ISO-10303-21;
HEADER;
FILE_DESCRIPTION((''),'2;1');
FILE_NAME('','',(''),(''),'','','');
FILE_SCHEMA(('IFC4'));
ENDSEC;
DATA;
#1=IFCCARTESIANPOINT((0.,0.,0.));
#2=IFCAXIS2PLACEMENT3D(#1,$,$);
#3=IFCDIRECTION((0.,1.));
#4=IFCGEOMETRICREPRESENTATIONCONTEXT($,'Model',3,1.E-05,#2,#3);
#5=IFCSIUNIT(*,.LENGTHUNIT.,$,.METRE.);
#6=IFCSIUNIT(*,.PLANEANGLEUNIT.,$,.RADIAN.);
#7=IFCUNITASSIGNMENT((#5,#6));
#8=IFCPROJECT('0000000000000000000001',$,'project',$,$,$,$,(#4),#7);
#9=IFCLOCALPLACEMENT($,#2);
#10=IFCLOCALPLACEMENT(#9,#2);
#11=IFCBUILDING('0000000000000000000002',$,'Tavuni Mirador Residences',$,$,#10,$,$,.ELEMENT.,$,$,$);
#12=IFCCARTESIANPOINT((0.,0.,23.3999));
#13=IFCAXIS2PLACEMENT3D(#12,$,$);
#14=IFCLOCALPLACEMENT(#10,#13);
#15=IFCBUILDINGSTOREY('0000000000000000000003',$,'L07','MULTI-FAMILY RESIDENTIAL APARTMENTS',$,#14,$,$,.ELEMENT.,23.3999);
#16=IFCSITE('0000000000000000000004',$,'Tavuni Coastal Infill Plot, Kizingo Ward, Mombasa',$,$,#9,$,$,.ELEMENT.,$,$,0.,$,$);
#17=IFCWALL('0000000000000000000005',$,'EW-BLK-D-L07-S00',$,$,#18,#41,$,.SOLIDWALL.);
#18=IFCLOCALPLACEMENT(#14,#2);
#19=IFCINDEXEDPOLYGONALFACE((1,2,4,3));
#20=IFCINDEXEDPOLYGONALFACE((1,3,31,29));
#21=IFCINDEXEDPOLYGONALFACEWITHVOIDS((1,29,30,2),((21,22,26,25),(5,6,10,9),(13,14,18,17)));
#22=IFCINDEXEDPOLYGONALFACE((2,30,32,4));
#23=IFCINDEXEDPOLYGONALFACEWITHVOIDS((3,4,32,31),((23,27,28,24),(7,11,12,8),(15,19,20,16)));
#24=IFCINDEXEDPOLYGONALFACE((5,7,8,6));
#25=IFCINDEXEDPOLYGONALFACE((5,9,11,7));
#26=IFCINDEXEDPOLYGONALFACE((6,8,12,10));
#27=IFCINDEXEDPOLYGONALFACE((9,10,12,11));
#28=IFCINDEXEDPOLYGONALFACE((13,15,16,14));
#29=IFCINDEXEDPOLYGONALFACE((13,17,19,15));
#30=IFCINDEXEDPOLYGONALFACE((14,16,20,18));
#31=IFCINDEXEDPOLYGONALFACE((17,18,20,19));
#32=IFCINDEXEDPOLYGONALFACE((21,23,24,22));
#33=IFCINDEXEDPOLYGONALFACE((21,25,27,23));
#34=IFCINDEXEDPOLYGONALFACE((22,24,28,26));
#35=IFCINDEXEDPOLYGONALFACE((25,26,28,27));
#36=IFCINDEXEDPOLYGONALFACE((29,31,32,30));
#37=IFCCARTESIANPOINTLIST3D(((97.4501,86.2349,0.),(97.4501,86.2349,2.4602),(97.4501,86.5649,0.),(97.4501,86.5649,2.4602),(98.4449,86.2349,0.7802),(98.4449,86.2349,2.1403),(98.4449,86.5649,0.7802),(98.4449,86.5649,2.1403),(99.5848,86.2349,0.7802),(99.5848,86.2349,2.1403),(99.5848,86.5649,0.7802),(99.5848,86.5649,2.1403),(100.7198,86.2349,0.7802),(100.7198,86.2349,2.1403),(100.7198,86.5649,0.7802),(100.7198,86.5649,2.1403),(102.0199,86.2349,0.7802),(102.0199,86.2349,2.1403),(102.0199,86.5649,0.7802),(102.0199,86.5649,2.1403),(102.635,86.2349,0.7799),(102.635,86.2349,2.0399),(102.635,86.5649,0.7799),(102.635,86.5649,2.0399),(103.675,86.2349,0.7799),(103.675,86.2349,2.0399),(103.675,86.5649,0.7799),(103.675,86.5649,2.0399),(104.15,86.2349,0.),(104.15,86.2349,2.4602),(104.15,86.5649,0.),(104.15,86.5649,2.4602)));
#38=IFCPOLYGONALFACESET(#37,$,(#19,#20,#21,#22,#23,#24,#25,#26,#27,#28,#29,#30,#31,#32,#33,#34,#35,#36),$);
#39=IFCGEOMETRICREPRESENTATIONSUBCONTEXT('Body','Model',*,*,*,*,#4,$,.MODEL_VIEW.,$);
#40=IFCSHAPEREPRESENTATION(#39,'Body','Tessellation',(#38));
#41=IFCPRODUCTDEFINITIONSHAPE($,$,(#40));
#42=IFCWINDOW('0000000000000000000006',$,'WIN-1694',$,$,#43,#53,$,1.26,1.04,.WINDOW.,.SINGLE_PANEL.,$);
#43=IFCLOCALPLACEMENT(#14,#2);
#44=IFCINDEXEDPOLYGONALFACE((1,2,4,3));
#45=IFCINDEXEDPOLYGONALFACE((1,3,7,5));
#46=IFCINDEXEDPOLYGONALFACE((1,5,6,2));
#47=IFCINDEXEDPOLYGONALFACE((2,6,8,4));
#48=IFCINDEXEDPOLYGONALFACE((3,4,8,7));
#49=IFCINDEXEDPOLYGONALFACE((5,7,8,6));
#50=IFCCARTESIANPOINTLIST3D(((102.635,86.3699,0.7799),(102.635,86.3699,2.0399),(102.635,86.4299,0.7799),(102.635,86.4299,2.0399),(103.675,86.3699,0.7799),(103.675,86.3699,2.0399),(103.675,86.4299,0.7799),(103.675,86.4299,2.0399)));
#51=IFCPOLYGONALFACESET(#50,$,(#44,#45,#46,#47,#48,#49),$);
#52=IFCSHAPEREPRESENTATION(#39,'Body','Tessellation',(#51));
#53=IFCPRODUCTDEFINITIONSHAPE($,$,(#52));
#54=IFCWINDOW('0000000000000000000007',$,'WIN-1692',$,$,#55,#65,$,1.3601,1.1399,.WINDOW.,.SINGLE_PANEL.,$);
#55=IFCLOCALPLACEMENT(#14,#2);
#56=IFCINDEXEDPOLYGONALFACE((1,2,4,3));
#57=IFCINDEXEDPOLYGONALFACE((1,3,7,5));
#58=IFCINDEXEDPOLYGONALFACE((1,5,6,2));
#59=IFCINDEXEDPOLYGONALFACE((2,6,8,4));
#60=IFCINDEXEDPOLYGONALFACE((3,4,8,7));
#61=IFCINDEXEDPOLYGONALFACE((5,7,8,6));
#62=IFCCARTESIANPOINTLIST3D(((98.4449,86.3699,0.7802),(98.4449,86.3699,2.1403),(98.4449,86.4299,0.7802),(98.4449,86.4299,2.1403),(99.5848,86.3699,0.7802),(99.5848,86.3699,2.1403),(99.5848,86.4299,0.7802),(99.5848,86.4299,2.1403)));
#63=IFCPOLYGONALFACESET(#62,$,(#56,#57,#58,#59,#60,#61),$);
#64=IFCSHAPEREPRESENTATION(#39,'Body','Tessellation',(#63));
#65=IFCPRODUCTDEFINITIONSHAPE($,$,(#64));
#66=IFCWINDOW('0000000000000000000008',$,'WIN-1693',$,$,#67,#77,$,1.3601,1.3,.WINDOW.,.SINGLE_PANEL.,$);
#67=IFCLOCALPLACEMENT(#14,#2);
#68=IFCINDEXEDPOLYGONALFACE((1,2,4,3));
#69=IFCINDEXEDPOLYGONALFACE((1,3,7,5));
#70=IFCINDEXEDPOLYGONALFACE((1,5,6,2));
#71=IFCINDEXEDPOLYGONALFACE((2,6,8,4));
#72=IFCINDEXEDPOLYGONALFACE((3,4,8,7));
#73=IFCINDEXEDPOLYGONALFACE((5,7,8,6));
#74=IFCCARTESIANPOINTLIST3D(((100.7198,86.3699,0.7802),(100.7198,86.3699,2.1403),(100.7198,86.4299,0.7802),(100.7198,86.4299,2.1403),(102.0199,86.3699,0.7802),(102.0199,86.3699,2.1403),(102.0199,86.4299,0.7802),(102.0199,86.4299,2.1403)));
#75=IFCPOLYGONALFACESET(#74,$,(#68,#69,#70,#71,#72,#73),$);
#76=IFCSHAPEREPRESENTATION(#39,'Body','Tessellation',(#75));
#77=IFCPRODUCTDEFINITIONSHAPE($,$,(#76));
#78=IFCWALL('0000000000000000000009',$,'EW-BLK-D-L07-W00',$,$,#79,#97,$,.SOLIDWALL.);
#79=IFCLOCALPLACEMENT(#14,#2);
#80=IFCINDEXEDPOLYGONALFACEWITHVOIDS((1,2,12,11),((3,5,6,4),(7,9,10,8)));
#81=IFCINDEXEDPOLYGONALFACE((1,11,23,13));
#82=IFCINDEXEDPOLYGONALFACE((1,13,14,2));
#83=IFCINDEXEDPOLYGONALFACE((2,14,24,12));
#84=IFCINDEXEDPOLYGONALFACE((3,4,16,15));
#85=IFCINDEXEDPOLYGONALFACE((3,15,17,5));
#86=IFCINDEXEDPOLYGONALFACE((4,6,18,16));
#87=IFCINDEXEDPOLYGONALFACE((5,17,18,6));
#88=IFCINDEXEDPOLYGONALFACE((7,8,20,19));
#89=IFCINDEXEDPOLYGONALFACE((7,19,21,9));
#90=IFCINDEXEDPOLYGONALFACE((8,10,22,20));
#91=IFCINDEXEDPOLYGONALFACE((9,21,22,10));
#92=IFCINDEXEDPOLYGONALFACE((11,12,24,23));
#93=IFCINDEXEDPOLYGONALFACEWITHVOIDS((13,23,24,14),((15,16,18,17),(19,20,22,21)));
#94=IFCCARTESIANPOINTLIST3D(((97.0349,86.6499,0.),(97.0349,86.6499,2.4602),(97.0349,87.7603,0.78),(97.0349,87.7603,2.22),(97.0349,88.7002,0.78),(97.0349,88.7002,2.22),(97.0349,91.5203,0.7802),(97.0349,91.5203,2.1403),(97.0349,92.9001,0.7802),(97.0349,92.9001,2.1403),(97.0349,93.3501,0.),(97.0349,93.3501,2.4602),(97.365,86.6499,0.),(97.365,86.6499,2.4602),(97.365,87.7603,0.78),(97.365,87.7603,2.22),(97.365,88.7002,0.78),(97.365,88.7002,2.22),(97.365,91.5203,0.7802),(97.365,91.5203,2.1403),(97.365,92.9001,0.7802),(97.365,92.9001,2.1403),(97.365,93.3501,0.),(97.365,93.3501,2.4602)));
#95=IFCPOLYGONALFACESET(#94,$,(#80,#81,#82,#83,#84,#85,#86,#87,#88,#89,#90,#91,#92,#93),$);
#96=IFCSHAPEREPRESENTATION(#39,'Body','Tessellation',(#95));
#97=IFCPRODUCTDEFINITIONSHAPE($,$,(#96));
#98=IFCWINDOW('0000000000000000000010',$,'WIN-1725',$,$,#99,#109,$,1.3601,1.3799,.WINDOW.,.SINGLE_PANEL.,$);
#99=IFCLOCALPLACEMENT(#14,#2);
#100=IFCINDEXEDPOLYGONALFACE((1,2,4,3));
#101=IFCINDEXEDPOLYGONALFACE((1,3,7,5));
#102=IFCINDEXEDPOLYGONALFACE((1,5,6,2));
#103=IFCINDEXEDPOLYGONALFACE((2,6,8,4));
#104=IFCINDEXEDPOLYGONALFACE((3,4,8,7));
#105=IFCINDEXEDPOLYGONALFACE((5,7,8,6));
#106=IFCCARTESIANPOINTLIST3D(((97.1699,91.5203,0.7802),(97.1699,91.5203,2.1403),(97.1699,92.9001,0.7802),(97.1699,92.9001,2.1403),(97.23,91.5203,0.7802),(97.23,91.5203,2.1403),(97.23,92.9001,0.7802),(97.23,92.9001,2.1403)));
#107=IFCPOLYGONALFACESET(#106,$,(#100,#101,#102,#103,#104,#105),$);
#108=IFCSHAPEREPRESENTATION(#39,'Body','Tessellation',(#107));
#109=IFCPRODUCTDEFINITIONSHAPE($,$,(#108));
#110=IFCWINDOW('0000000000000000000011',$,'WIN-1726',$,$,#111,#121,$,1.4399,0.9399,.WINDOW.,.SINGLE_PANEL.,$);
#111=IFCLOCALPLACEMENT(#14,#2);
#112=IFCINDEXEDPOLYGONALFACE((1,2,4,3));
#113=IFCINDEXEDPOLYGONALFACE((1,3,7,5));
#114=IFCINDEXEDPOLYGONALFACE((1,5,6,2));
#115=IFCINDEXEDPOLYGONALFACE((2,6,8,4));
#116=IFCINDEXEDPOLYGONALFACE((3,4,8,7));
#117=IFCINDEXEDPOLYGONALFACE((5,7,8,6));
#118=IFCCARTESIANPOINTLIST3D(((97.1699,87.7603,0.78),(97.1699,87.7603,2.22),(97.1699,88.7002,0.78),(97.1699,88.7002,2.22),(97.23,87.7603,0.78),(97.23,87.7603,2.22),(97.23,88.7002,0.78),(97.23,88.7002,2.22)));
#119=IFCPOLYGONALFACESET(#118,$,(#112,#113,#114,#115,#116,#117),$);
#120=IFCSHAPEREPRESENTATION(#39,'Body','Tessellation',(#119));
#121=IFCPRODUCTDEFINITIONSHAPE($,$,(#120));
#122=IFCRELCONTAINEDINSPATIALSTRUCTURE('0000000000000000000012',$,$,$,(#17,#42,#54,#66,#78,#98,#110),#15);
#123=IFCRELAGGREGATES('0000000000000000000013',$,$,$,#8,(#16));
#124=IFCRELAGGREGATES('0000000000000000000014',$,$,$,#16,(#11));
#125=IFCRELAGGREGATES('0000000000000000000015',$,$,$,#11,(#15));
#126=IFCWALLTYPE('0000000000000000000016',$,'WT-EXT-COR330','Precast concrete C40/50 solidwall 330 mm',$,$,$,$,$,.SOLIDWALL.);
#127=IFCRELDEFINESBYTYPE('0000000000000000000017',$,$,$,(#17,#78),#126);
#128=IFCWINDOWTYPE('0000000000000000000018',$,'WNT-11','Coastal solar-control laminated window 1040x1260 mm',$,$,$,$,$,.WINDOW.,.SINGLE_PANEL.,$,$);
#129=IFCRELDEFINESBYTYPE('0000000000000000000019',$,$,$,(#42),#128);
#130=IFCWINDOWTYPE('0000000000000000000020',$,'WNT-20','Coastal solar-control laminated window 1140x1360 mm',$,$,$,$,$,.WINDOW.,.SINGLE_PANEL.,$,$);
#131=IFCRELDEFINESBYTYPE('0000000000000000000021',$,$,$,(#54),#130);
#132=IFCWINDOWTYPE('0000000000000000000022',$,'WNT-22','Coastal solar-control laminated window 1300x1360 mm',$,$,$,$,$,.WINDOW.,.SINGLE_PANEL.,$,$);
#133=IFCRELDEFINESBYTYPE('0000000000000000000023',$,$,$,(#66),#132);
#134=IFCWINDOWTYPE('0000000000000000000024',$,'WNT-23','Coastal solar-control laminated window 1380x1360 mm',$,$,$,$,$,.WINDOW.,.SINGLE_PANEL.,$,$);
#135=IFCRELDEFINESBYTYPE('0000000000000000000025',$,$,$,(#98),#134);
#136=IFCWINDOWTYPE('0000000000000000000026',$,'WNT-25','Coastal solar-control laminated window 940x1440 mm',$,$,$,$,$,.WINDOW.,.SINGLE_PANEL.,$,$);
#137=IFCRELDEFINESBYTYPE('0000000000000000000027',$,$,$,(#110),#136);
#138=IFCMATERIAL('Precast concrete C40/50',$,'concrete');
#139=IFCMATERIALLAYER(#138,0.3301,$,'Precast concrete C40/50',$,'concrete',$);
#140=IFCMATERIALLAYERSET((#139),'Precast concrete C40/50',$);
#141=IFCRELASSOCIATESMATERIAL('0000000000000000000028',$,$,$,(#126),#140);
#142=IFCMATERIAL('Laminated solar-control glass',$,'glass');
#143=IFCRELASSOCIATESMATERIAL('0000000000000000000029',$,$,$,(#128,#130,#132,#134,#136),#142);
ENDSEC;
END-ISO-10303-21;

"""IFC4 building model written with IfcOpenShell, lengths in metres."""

from ifc_helpers import new_model, si_unit, direction, frame, frame_2d, origin, place, context, subcontext, project, spatial, rectangle, extrude, material, layer, layer_set, type_object, element, fill, save


model = new_model("IFC4")

# Units and contexts
model_context = context("Model", 3, precision=1e-05, world=origin(), true_north=direction((0.0, 1.0)))
body_context = subcontext(model_context, "Body", "Model", "MODEL_VIEW")
ifc_project = project(units=[si_unit("LENGTHUNIT", "METRE"), si_unit("PLANEANGLEUNIT", "RADIAN")], contexts=[model_context])

# Site, building, storey
site_placement = place(None, origin())
site = spatial("IfcSite", under=ifc_project, at=site_placement, Name="Tavuni Coastal Infill Plot, Kizingo Ward, Mombasa", CompositionType="ELEMENT", RefElevation=0.0)
building_placement = place(site_placement, origin())
building = spatial("IfcBuilding", under=site, at=building_placement, Name="Tavuni Mirador Residences", CompositionType="ELEMENT")
storey_placement = place(building_placement, frame((0.0, 0.0, 23.3999)))
storey = spatial("IfcBuildingStorey", under=building, at=storey_placement, Name="L07", Description="MULTI-FAMILY RESIDENTIAL APARTMENTS", CompositionType="ELEMENT", Elevation=23.3999)

# Shared definitions
ifc_material_1 = material(Name="Precast concrete C40/50", Category="concrete")

# Walls, openings, windows
ifc_layer_1 = layer(ifc_material_1, 0.3301, Name="Precast concrete C40/50", Category="concrete")
ifc_layer_set_1 = layer_set([ifc_layer_1], Name="Precast concrete C40/50")
wall_type_1 = type_object("IfcWallType", Name="WT-EXT-COR330", Description="Precast concrete C40/50 solidwall 330 mm", PredefinedType="SOLIDWALL", material=ifc_layer_set_1)
wall_1_placement = place(storey_placement, frame((97.45, 86.3999, 0.0), z_axis=(0.0, 0.0, 1.0), x_axis=(1.0, 0.0, 0.0)))
wall_1 = element("IfcWall", 1, at=wall_1_placement, inside=storey, type_object=wall_type_1, Name="EW-BLK-D-L07-S00", PredefinedType="SOLIDWALL", context=body_context, shape_type="SweptSolid", body=[
    extrude(rectangle(XDim=6.7, YDim=0.3301, at=frame_2d((3.3501, 0.0))), origin(), (0.0, 0.0, 1.0), 2.4602),
])
opening_1_placement = place(wall_1_placement, frame((0.9951, 0.0, 0.78)))
opening_1 = element("IfcOpeningElement", 2, at=opening_1_placement, cuts=wall_1, PredefinedType="OPENING", context=body_context, shape_type="SweptSolid", body=[
    extrude(rectangle(XDim=1.1399, YDim=1.3601, at=frame_2d((0.5698, 0.6802))), frame((0.0, 0.175, 0.0), z_axis=(0.0, -1.0, 0.0), x_axis=(1.0, 0.0, 0.0)), (0.0, 0.0, 1.0), 0.3501),
])
opening_2_placement = place(wall_1_placement, frame((3.27, 0.0, 0.78)))
opening_2 = element("IfcOpeningElement", 3, at=opening_2_placement, cuts=wall_1, PredefinedType="OPENING", context=body_context, shape_type="SweptSolid", body=[
    extrude(rectangle(XDim=1.3, YDim=1.3601, at=frame_2d((0.6499, 0.6802))), frame((0.0, 0.175, 0.0), z_axis=(0.0, -1.0, 0.0), x_axis=(1.0, 0.0, 0.0)), (0.0, 0.0, 1.0), 0.3501),
])
opening_3_placement = place(wall_1_placement, frame((5.1851, 0.0, 0.78)))
opening_3 = element("IfcOpeningElement", 4, at=opening_3_placement, cuts=wall_1, PredefinedType="OPENING", context=body_context, shape_type="SweptSolid", body=[
    extrude(rectangle(XDim=1.04, YDim=1.26, at=frame_2d((0.52, 0.6299))), frame((0.0, 0.175, 0.0), z_axis=(0.0, -1.0, 0.0), x_axis=(1.0, 0.0, 0.0)), (0.0, 0.0, 1.0), 0.3501),
])
ifc_material_2 = material(Name="Laminated solar-control glass", Category="glass")
window_type_1 = type_object("IfcWindowType", Name="WNT-11", Description="Coastal solar-control laminated window 1040x1260 mm", PartitioningType="SINGLE_PANEL", PredefinedType="WINDOW", material=ifc_material_2)
window_1_placement = place(opening_3_placement, origin())
window_1 = element("IfcWindow", 5, at=window_1_placement, inside=storey, type_object=window_type_1, Name="WIN-1694", OverallHeight=1.26, OverallWidth=1.04, PartitioningType="SINGLE_PANEL", PredefinedType="WINDOW", context=body_context, shape_type="SweptSolid", body=[
    extrude(rectangle(XDim=1.04, YDim=1.26, at=frame_2d((0.52, 0.6299))), frame((0.0, 0.03, 0.0), z_axis=(0.0, -1.0, 0.0), x_axis=(1.0, 0.0, 0.0)), (0.0, 0.0, 1.0), 0.0601),
])
fill(opening_3, window_1)
window_type_2 = type_object("IfcWindowType", Name="WNT-20", Description="Coastal solar-control laminated window 1140x1360 mm", PartitioningType="SINGLE_PANEL", PredefinedType="WINDOW", material=ifc_material_2)
window_2_placement = place(opening_1_placement, origin())
window_2 = element("IfcWindow", 6, at=window_2_placement, inside=storey, type_object=window_type_2, Name="WIN-1692", OverallHeight=1.3601, OverallWidth=1.1399, PartitioningType="SINGLE_PANEL", PredefinedType="WINDOW", context=body_context, shape_type="SweptSolid", body=[
    extrude(rectangle(XDim=1.1399, YDim=1.3601, at=frame_2d((0.5698, 0.6802))), frame((0.0, 0.03, 0.0), z_axis=(0.0, -1.0, 0.0), x_axis=(1.0, 0.0, 0.0)), (0.0, 0.0, 1.0), 0.0601),
])
fill(opening_1, window_2)
window_type_3 = type_object("IfcWindowType", Name="WNT-22", Description="Coastal solar-control laminated window 1300x1360 mm", PartitioningType="SINGLE_PANEL", PredefinedType="WINDOW", material=ifc_material_2)
window_3_placement = place(opening_2_placement, origin())
window_3 = element("IfcWindow", 7, at=window_3_placement, inside=storey, type_object=window_type_3, Name="WIN-1693", OverallHeight=1.3601, OverallWidth=1.3, PartitioningType="SINGLE_PANEL", PredefinedType="WINDOW", context=body_context, shape_type="SweptSolid", body=[
    extrude(rectangle(XDim=1.3, YDim=1.3601, at=frame_2d((0.6499, 0.6802))), frame((0.0, 0.03, 0.0), z_axis=(0.0, -1.0, 0.0), x_axis=(1.0, 0.0, 0.0)), (0.0, 0.0, 1.0), 0.0601),
])
fill(opening_2, window_3)
wall_2_placement = place(storey_placement, frame((97.2, 93.3501, 0.0), z_axis=(0.0, 0.0, 1.0), x_axis=(0.0, -1.0, 0.0)))
wall_2 = element("IfcWall", 8, at=wall_2_placement, inside=storey, type_object=wall_type_1, Name="EW-BLK-D-L07-W00", PredefinedType="SOLIDWALL", context=body_context, shape_type="SweptSolid", body=[
    extrude(rectangle(XDim=6.7002, YDim=0.3301, at=frame_2d((3.3501, 0.0))), origin(), (0.0, 0.0, 1.0), 2.4602),
])
opening_4_placement = place(wall_2_placement, frame((0.45, 0.0, 0.78)))
opening_4 = element("IfcOpeningElement", 9, at=opening_4_placement, cuts=wall_2, PredefinedType="OPENING", context=body_context, shape_type="SweptSolid", body=[
    extrude(rectangle(XDim=1.3799, YDim=1.3601, at=frame_2d((0.6899, 0.6802))), frame((0.0, 0.175, 0.0), z_axis=(0.0, -1.0, 0.0), x_axis=(1.0, 0.0, 0.0)), (0.0, 0.0, 1.0), 0.3501),
])
opening_5_placement = place(wall_2_placement, frame((4.6499, 0.0, 0.78)))
opening_5 = element("IfcOpeningElement", 10, at=opening_5_placement, cuts=wall_2, PredefinedType="OPENING", context=body_context, shape_type="SweptSolid", body=[
    extrude(rectangle(XDim=0.9399, YDim=1.4399, at=frame_2d((0.47, 0.72))), frame((0.0, 0.175, 0.0), z_axis=(0.0, -1.0, 0.0), x_axis=(1.0, 0.0, 0.0)), (0.0, 0.0, 1.0), 0.3501),
])
window_type_4 = type_object("IfcWindowType", Name="WNT-23", Description="Coastal solar-control laminated window 1380x1360 mm", PartitioningType="SINGLE_PANEL", PredefinedType="WINDOW", material=ifc_material_2)
window_4_placement = place(opening_4_placement, origin())
window_4 = element("IfcWindow", 11, at=window_4_placement, inside=storey, type_object=window_type_4, Name="WIN-1725", OverallHeight=1.3601, OverallWidth=1.3799, PartitioningType="SINGLE_PANEL", PredefinedType="WINDOW", context=body_context, shape_type="SweptSolid", body=[
    extrude(rectangle(XDim=1.3799, YDim=1.3601, at=frame_2d((0.6899, 0.6802))), frame((0.0, 0.03, 0.0), z_axis=(0.0, -1.0, 0.0), x_axis=(1.0, 0.0, 0.0)), (0.0, 0.0, 1.0), 0.0601),
])
fill(opening_4, window_4)
window_type_5 = type_object("IfcWindowType", Name="WNT-25", Description="Coastal solar-control laminated window 940x1440 mm", PartitioningType="SINGLE_PANEL", PredefinedType="WINDOW", material=ifc_material_2)
window_5_placement = place(opening_5_placement, origin())
window_5 = element("IfcWindow", 12, at=window_5_placement, inside=storey, type_object=window_type_5, Name="WIN-1726", OverallHeight=1.4399, OverallWidth=0.9399, PartitioningType="SINGLE_PANEL", PredefinedType="WINDOW", context=body_context, shape_type="SweptSolid", body=[
    extrude(rectangle(XDim=0.9399, YDim=1.4399, at=frame_2d((0.47, 0.72))), frame((0.0, 0.03, 0.0), z_axis=(0.0, -1.0, 0.0), x_axis=(1.0, 0.0, 0.0)), (0.0, 0.0, 1.0), 0.0601),
])
fill(opening_5, window_5)

save(model, "model.ifc")
